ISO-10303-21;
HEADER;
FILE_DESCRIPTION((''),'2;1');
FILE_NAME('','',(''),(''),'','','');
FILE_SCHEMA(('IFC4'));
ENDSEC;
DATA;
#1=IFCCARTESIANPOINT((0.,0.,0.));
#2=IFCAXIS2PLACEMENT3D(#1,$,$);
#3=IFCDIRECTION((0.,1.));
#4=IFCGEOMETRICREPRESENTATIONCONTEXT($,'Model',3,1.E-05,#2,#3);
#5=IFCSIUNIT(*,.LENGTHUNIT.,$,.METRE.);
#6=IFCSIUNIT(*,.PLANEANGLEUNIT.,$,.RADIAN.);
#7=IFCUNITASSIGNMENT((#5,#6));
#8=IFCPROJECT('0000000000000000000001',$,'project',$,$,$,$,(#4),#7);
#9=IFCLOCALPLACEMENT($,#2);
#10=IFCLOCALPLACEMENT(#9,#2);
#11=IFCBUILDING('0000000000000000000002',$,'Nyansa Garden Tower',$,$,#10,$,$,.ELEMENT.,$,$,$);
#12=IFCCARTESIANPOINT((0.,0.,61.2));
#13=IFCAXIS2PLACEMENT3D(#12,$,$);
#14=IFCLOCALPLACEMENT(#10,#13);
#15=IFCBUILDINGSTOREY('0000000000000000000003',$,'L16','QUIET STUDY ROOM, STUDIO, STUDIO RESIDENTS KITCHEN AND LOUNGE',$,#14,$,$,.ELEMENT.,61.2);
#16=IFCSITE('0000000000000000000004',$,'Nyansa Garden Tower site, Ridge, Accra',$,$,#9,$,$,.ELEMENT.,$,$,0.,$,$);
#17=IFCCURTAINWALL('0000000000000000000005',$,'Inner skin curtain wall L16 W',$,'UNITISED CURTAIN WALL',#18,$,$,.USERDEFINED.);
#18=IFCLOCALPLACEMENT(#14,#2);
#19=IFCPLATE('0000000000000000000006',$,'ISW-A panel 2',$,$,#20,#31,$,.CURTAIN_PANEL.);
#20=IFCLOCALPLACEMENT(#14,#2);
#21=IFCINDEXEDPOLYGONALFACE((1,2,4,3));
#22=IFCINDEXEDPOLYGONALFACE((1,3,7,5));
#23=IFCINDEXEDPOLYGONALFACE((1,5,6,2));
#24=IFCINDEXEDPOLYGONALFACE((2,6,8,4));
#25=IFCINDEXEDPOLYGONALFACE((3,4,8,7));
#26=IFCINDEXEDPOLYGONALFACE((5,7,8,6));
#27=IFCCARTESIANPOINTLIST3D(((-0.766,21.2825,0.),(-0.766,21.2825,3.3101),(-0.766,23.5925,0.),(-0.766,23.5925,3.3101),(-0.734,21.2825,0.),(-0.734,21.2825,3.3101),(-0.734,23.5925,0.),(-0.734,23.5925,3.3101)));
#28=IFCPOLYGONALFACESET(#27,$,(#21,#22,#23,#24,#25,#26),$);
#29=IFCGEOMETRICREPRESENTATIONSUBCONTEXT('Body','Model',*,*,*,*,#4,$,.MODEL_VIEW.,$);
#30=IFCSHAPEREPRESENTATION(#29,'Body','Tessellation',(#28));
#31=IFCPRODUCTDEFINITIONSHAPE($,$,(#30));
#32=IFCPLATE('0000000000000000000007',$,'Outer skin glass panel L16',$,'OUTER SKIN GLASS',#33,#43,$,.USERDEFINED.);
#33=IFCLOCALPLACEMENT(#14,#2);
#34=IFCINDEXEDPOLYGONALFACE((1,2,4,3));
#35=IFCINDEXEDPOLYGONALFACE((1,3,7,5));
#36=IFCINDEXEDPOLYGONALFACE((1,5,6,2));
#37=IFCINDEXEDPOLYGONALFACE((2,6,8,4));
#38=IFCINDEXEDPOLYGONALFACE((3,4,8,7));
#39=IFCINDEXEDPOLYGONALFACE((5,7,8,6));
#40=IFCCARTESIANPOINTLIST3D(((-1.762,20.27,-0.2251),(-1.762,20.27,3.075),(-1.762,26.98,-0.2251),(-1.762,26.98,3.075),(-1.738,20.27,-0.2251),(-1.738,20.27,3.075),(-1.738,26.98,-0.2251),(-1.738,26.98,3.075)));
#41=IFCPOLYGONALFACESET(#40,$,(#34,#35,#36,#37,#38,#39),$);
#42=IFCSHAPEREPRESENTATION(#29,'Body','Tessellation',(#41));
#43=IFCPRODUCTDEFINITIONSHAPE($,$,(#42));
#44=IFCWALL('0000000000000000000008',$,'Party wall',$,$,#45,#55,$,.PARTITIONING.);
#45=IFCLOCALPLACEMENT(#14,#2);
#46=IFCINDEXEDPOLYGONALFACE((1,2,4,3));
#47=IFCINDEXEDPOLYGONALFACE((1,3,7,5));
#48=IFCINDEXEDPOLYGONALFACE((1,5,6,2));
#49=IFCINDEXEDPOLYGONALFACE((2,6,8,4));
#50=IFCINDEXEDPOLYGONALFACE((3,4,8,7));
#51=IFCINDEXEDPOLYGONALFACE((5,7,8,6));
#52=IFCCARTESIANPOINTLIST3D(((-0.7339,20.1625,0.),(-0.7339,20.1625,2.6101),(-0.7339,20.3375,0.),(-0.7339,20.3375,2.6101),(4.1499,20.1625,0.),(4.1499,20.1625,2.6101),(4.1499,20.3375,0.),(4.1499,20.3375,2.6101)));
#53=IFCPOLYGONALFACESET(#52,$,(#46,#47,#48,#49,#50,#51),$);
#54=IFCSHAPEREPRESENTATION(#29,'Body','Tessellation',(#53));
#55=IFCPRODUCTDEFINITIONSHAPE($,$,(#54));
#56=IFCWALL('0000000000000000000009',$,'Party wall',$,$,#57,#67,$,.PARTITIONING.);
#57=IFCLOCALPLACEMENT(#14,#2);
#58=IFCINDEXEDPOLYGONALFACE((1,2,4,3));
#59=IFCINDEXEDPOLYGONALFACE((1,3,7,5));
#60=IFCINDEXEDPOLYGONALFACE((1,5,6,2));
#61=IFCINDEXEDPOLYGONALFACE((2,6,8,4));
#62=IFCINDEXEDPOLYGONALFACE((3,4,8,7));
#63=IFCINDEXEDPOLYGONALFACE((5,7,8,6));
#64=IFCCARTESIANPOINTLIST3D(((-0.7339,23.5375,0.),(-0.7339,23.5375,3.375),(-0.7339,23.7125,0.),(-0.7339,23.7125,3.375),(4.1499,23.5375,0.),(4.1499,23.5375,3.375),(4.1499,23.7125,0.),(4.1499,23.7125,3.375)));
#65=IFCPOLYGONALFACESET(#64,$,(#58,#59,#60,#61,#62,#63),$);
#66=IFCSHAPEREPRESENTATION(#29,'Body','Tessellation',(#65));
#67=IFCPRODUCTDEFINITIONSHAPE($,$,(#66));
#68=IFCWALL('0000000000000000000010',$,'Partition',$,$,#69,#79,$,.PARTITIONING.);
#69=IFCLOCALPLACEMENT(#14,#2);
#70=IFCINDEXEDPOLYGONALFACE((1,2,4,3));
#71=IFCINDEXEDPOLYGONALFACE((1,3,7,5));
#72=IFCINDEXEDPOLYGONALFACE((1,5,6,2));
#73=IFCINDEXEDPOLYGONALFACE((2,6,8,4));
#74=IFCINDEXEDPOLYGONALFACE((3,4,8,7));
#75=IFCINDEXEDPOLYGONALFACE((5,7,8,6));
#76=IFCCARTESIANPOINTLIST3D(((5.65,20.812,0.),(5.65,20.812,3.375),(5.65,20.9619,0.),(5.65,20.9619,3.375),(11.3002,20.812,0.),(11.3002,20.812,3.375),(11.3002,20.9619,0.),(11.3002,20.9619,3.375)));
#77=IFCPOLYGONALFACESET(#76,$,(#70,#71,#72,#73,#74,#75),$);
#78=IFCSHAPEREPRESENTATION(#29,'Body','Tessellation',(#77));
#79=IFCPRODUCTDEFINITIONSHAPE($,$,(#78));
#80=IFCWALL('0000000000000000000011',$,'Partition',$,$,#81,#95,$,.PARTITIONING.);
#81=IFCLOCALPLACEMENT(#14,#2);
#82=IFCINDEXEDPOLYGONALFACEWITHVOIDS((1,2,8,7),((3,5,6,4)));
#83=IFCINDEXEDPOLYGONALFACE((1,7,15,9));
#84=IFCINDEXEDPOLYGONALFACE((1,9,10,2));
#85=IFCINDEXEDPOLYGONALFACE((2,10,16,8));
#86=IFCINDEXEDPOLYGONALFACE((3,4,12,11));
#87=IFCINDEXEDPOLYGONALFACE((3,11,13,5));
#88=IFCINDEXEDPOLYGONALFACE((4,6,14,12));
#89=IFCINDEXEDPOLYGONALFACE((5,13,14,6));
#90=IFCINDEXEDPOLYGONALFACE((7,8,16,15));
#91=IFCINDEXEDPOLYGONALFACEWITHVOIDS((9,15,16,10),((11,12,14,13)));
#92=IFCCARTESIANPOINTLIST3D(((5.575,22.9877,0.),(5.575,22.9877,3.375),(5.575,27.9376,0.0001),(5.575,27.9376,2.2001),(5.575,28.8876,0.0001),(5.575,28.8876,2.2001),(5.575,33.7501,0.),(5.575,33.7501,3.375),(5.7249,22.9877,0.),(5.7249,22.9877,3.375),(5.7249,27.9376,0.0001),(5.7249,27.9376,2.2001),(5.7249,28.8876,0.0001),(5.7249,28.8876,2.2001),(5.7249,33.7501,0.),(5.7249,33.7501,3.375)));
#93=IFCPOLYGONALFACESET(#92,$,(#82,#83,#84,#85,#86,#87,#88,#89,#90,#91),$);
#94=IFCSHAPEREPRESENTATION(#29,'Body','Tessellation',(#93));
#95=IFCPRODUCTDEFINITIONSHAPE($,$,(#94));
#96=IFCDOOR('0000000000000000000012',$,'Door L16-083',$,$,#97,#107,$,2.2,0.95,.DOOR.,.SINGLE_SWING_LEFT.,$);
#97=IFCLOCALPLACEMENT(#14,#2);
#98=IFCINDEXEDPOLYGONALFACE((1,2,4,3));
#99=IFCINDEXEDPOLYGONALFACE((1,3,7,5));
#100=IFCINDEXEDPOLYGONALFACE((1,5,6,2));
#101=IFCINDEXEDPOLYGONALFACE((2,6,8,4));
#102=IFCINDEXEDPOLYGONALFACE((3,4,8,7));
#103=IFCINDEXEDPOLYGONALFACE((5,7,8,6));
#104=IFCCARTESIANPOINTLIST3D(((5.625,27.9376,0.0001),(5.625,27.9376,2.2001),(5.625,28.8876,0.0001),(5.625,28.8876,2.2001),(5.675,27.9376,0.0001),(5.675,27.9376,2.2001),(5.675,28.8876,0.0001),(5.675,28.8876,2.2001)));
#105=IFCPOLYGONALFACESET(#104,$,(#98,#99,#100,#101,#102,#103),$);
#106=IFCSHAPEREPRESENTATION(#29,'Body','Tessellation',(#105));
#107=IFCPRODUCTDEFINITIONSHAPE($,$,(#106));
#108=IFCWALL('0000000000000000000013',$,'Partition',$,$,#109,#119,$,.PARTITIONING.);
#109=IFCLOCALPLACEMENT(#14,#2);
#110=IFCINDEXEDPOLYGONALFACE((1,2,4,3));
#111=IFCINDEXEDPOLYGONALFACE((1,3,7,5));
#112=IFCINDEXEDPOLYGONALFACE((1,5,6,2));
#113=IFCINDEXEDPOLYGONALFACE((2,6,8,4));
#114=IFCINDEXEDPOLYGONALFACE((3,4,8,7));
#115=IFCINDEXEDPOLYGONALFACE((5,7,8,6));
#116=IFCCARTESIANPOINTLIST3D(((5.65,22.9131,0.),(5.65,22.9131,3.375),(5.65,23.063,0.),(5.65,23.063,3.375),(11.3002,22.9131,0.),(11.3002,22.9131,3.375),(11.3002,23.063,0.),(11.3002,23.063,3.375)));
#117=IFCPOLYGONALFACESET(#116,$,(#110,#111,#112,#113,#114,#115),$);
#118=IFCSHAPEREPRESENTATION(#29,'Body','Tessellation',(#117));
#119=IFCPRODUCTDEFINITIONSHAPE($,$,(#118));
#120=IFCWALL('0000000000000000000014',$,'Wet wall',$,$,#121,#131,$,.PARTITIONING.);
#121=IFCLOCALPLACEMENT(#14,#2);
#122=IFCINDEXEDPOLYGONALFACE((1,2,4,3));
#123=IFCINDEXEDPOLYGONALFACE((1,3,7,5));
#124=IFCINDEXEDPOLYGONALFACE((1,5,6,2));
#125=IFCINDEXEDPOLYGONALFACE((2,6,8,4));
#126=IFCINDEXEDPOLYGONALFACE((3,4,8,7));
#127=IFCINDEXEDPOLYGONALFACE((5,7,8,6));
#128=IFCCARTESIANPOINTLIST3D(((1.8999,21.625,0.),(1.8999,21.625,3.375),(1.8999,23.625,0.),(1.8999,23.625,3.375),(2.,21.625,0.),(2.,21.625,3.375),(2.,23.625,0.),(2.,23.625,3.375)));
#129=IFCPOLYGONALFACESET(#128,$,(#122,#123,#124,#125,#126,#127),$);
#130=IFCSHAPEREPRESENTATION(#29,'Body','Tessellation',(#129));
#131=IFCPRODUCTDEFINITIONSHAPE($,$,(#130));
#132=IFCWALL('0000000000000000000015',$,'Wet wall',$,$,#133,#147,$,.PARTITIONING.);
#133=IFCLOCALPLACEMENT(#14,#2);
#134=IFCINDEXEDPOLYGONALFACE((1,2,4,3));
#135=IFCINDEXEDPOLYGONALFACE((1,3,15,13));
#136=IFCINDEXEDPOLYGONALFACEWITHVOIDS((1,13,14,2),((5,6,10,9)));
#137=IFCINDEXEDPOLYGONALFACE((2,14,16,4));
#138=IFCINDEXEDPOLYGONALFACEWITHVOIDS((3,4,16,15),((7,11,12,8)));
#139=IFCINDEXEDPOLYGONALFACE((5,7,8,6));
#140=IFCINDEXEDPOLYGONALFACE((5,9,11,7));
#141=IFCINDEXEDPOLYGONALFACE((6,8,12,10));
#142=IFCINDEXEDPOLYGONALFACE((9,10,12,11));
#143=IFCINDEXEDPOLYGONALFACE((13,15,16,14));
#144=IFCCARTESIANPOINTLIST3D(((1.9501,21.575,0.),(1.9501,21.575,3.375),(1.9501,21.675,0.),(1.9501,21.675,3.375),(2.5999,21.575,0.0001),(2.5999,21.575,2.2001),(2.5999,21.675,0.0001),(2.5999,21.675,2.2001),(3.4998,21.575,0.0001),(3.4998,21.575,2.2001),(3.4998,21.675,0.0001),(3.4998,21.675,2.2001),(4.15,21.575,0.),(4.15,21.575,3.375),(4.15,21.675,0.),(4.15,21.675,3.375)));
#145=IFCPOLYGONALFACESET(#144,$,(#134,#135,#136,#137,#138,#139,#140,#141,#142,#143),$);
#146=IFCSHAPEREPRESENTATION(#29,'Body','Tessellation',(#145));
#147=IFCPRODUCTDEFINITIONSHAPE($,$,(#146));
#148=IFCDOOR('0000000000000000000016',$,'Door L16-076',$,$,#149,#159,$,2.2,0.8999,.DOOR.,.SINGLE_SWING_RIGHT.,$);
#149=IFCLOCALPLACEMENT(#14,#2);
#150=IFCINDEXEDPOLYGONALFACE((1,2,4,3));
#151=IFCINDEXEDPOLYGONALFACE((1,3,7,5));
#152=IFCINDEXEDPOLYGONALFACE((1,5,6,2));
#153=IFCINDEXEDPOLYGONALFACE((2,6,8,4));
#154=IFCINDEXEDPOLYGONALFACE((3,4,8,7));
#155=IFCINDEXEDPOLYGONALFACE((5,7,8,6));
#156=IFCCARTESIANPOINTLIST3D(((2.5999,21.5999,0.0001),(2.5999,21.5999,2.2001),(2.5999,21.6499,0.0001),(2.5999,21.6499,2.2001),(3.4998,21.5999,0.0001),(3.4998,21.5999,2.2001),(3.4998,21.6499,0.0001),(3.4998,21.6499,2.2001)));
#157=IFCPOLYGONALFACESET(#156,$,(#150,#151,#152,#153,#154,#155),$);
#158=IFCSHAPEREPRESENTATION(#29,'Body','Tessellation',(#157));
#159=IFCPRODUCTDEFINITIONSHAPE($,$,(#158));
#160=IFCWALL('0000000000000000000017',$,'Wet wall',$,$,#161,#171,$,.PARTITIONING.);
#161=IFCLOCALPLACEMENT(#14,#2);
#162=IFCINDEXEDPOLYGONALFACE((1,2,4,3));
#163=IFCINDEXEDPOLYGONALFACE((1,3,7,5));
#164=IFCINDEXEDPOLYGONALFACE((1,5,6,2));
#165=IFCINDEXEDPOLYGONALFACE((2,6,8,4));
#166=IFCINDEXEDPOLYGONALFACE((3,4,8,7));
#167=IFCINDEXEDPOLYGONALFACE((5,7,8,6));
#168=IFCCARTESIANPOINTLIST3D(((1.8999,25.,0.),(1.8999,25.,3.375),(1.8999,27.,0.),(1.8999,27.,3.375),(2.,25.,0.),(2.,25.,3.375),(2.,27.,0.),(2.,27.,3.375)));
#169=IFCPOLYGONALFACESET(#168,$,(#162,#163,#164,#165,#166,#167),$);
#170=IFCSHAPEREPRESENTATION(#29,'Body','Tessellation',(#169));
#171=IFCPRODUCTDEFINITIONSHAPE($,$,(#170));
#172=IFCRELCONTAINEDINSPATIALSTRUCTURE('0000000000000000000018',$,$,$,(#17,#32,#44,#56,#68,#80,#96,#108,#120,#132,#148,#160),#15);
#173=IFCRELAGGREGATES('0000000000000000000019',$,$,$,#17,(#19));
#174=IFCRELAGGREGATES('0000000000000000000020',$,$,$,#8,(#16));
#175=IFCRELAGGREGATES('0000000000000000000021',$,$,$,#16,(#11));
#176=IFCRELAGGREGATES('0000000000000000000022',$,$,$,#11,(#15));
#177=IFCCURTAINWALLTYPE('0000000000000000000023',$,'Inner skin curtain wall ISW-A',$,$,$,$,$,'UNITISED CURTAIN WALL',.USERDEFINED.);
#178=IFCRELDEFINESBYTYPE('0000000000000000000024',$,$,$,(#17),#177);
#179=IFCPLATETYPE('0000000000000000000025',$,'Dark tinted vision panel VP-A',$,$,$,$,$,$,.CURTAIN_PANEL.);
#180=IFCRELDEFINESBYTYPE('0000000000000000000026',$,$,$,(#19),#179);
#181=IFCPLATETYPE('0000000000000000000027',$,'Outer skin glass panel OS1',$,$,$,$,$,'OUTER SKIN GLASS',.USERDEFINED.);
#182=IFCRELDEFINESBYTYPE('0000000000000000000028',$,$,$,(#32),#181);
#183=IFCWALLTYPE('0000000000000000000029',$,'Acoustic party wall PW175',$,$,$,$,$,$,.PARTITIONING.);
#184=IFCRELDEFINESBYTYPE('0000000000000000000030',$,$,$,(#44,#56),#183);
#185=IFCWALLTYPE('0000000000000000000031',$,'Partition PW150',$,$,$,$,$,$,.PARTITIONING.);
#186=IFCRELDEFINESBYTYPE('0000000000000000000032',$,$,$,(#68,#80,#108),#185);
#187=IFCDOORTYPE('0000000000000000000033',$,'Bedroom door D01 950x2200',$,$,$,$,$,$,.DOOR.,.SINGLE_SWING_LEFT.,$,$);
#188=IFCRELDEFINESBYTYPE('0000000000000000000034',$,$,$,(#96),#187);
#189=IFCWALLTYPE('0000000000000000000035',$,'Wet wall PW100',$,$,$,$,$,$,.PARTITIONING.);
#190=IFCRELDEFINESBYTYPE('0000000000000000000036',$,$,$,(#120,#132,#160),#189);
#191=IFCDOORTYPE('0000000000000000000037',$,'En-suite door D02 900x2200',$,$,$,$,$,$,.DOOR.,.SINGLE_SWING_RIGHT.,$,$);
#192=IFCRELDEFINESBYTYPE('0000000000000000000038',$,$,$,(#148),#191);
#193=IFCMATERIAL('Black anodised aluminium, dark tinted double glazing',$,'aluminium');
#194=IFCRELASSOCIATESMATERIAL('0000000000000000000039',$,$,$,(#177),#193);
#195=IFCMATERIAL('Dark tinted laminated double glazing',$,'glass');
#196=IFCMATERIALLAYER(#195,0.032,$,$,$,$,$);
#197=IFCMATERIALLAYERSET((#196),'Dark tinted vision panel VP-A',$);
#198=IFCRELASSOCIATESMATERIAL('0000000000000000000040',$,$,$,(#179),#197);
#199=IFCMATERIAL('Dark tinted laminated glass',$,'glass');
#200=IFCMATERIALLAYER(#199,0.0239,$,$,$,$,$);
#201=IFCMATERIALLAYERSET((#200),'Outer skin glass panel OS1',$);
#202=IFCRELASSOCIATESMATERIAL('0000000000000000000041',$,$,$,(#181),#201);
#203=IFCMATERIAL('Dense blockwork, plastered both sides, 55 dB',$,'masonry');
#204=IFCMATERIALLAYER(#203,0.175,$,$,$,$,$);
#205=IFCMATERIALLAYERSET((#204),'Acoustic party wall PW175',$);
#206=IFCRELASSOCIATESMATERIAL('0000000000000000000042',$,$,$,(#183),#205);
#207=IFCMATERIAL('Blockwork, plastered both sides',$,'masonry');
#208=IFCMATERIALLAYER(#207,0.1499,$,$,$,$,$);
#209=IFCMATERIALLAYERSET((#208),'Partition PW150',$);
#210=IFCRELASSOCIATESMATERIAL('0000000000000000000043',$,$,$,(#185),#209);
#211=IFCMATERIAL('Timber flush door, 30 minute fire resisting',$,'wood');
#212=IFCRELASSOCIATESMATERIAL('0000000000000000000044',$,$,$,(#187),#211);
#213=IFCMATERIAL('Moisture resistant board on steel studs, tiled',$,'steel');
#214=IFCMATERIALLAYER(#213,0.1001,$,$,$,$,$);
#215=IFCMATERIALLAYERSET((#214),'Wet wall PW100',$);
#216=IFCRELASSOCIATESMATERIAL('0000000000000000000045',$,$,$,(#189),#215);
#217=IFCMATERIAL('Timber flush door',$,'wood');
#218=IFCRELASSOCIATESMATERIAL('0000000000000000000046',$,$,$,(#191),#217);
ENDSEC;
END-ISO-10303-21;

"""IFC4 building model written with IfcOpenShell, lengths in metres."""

from ifc_helpers import new_model, si_unit, direction, frame, frame_2d, origin, origin_2d, place, context, subcontext, project, spatial, rectangle, extrude, material, layer, layer_set, type_object, element, fill, aggregate, save


model = new_model("IFC4")

# Units and contexts
model_context = context("Model", 3, precision=1e-05, world=origin(), true_north=direction((0.0, 1.0)))
body_context = subcontext(model_context, "Body", "Model", "MODEL_VIEW")
ifc_project = project(units=[si_unit("LENGTHUNIT", "METRE"), si_unit("PLANEANGLEUNIT", "RADIAN")], contexts=[model_context])

# Site, building, storey
site_placement = place(None, origin())
site = spatial("IfcSite", under=ifc_project, at=site_placement, Name="Nyansa Garden Tower site, Ridge, Accra", CompositionType="ELEMENT", RefElevation=0.0)
building_placement = place(site_placement, origin())
building = spatial("IfcBuilding", under=site, at=building_placement, Name="Nyansa Garden Tower", CompositionType="ELEMENT")
storey_placement = place(building_placement, frame((0.0, 0.0, 61.2)))
storey = spatial("IfcBuildingStorey", under=building, at=storey_placement, Name="L16", Description="QUIET STUDY ROOM, STUDIO, STUDIO RESIDENTS KITCHEN AND LOUNGE", CompositionType="ELEMENT", Elevation=61.2)

# Curtain wall
ifc_material_1 = material(Name="Black anodised aluminium, dark tinted double glazing", Category="aluminium")
curtain_wall_type = type_object("IfcCurtainWallType", Name="Inner skin curtain wall ISW-A", ElementType="UNITISED CURTAIN WALL", PredefinedType="USERDEFINED", material=ifc_material_1)
curtain_wall_placement = place(storey_placement, origin())
curtain_wall = element("IfcCurtainWall", 1, at=curtain_wall_placement, inside=storey, type_object=curtain_wall_type, Name="Inner skin curtain wall L16 W", ObjectType="UNITISED CURTAIN WALL", PredefinedType="USERDEFINED")

# Plates
ifc_material_2 = material(Name="Dark tinted laminated double glazing", Category="glass")
ifc_layer_1 = layer(ifc_material_2, 0.032)
ifc_layer_set_1 = layer_set([ifc_layer_1], Name="Dark tinted vision panel VP-A")
plate_type_1 = type_object("IfcPlateType", Name="Dark tinted vision panel VP-A", PredefinedType="CURTAIN_PANEL", material=ifc_layer_set_1)
plate_1_placement = place(storey_placement, frame((-0.75, 22.4375, 0.0), z_axis=(0.0, 0.0, 1.0), x_axis=(0.0, -1.0, 0.0)))
plate_1 = element("IfcPlate", 2, at=plate_1_placement, type_object=plate_type_1, Name="ISW-A panel 2", PredefinedType="CURTAIN_PANEL", context=body_context, shape_type="SweptSolid", body=[
    extrude(rectangle(XDim=2.3101, YDim=0.032, at=origin_2d()), origin(), (0.0, 0.0, 1.0), 3.3101),
])
aggregate(curtain_wall, [plate_1])
ifc_material_3 = material(Name="Dark tinted laminated glass", Category="glass")
ifc_layer_2 = layer(ifc_material_3, 0.0239)
ifc_layer_set_2 = layer_set([ifc_layer_2], Name="Outer skin glass panel OS1")
plate_type_2 = type_object("IfcPlateType", Name="Outer skin glass panel OS1", ElementType="OUTER SKIN GLASS", PredefinedType="USERDEFINED", material=ifc_layer_set_2)
plate_2_placement = place(storey_placement, frame((-1.75, 23.625, -0.2251), z_axis=(0.0, 0.0, 1.0), x_axis=(0.0, 1.0, 0.0)))
element("IfcPlate", 3, at=plate_2_placement, inside=storey, type_object=plate_type_2, Name="Outer skin glass panel L16", ObjectType="OUTER SKIN GLASS", PredefinedType="USERDEFINED", context=body_context, shape_type="SweptSolid", body=[
    extrude(rectangle(XDim=6.71, YDim=0.0239, at=origin_2d()), origin(), (0.0, 0.0, 1.0), 3.3),
])

# Walls
ifc_material_4 = material(Name="Dense blockwork, plastered both sides, 55 dB", Category="masonry")
ifc_layer_3 = layer(ifc_material_4, 0.175)
ifc_layer_set_3 = layer_set([ifc_layer_3], Name="Acoustic party wall PW175")
wall_type_1 = type_object("IfcWallType", Name="Acoustic party wall PW175", PredefinedType="PARTITIONING", material=ifc_layer_set_3)
wall_1_placement = place(storey_placement, frame((-0.7339, 20.25, 0.0), z_axis=(0.0, 0.0, 1.0), x_axis=(1.0, 0.0, 0.0)))
element("IfcWall", 4, at=wall_1_placement, inside=storey, type_object=wall_type_1, Name="Party wall", PredefinedType="PARTITIONING", context=body_context, shape_type="SweptSolid", body=[
    extrude(rectangle(XDim=4.8838, YDim=0.175, at=frame_2d((2.4419, 0.0))), origin(), (0.0, 0.0, 1.0), 2.6101),
])
wall_2_placement = place(storey_placement, frame((-0.7339, 23.625, 0.0), z_axis=(0.0, 0.0, 1.0), x_axis=(1.0, 0.0, 0.0)))
element("IfcWall", 5, at=wall_2_placement, inside=storey, type_object=wall_type_1, Name="Party wall", PredefinedType="PARTITIONING", context=body_context, shape_type="SweptSolid", body=[
    extrude(rectangle(XDim=4.8838, YDim=0.175, at=frame_2d((2.4419, 0.0))), origin(), (0.0, 0.0, 1.0), 3.375),
])
ifc_material_5 = material(Name="Blockwork, plastered both sides", Category="masonry")
ifc_layer_4 = layer(ifc_material_5, 0.1499)
ifc_layer_set_4 = layer_set([ifc_layer_4], Name="Partition PW150")
wall_type_2 = type_object("IfcWallType", Name="Partition PW150", PredefinedType="PARTITIONING", material=ifc_layer_set_4)
wall_3_placement = place(storey_placement, frame((5.6499, 20.887, 0.0), z_axis=(0.0, 0.0, 1.0), x_axis=(1.0, 0.0, 0.0)))
element("IfcWall", 6, at=wall_3_placement, inside=storey, type_object=wall_type_2, Name="Partition", PredefinedType="PARTITIONING", context=body_context, shape_type="SweptSolid", body=[
    extrude(rectangle(XDim=5.6501, YDim=0.1499, at=frame_2d((2.8252, 0.0))), origin(), (0.0, 0.0, 1.0), 3.375),
])

# Wall, opening, door
wall_4_placement = place(storey_placement, frame((5.6499, 22.9875, 0.0), z_axis=(0.0, 0.0, 1.0), x_axis=(0.0, 1.0, 0.0)))
wall_4 = element("IfcWall", 7, at=wall_4_placement, inside=storey, type_object=wall_type_2, Name="Partition", PredefinedType="PARTITIONING", context=body_context, shape_type="SweptSolid", body=[
    extrude(rectangle(XDim=10.7625, YDim=0.1499, at=frame_2d((5.3813, 0.0))), origin(), (0.0, 0.0, 1.0), 3.375),
])
opening_1_placement = place(wall_4_placement, frame((4.95, 0.0, 0.0)))
opening_1 = element("IfcOpeningElement", 8, at=opening_1_placement, cuts=wall_4, PredefinedType="OPENING", context=body_context, shape_type="SweptSolid", body=[
    extrude(rectangle(XDim=0.95, YDim=2.2, at=frame_2d((0.4751, 1.1001))), frame((0.0, 0.085, 0.0), z_axis=(0.0, -1.0, 0.0), x_axis=(1.0, 0.0, 0.0)), (0.0, 0.0, 1.0), 0.1699),
])
ifc_material_6 = material(Name="Timber flush door, 30 minute fire resisting", Category="wood")
door_type_1 = type_object("IfcDoorType", Name="Bedroom door D01 950x2200", OperationType="SINGLE_SWING_LEFT", PredefinedType="DOOR", material=ifc_material_6)
door_1_placement = place(opening_1_placement, origin())
door_1 = element("IfcDoor", 9, at=door_1_placement, inside=storey, type_object=door_type_1, Name="Door L16-083", OperationType="SINGLE_SWING_LEFT", OverallHeight=2.2, OverallWidth=0.95, PredefinedType="DOOR", context=body_context, shape_type="SweptSolid", body=[
    extrude(rectangle(XDim=0.95, YDim=2.2, at=frame_2d((0.4751, 1.1001))), frame((0.0, 0.0249, 0.0), z_axis=(0.0, -1.0, 0.0), x_axis=(1.0, 0.0, 0.0)), (0.0, 0.0, 1.0), 0.05),
])
fill(opening_1, door_1)

# Walls
wall_5_placement = place(storey_placement, frame((5.6499, 22.988, 0.0), z_axis=(0.0, 0.0, 1.0), x_axis=(1.0, 0.0, 0.0)))
element("IfcWall", 10, at=wall_5_placement, inside=storey, type_object=wall_type_2, Name="Partition", PredefinedType="PARTITIONING", context=body_context, shape_type="SweptSolid", body=[
    extrude(rectangle(XDim=5.6501, YDim=0.1499, at=frame_2d((2.8252, 0.0))), origin(), (0.0, 0.0, 1.0), 3.375),
])
ifc_material_7 = material(Name="Moisture resistant board on steel studs, tiled", Category="steel")
ifc_layer_5 = layer(ifc_material_7, 0.1001)
ifc_layer_set_5 = layer_set([ifc_layer_5], Name="Wet wall PW100")
wall_type_3 = type_object("IfcWallType", Name="Wet wall PW100", PredefinedType="PARTITIONING", material=ifc_layer_set_5)
wall_6_placement = place(storey_placement, frame((1.95, 21.625, 0.0), z_axis=(0.0, 0.0, 1.0), x_axis=(0.0, 1.0, 0.0)))
element("IfcWall", 11, at=wall_6_placement, inside=storey, type_object=wall_type_3, Name="Wet wall", PredefinedType="PARTITIONING", context=body_context, shape_type="SweptSolid", body=[
    extrude(rectangle(XDim=2.0, YDim=0.1001, at=frame_2d((1.0, 0.0))), origin(), (0.0, 0.0, 1.0), 3.375),
])

# Wall, opening, door
wall_7_placement = place(storey_placement, frame((1.95, 21.625, 0.0), z_axis=(0.0, 0.0, 1.0), x_axis=(1.0, 0.0, 0.0)))
wall_7 = element("IfcWall", 12, at=wall_7_placement, inside=storey, type_object=wall_type_3, Name="Wet wall", PredefinedType="PARTITIONING", context=body_context, shape_type="SweptSolid", body=[
    extrude(rectangle(XDim=2.2, YDim=0.1001, at=frame_2d((1.1001, 0.0))), origin(), (0.0, 0.0, 1.0), 3.375),
])
opening_2_placement = place(wall_7_placement, frame((0.6499, 0.0, 0.0)))
opening_2 = element("IfcOpeningElement", 13, at=opening_2_placement, cuts=wall_7, PredefinedType="OPENING", context=body_context, shape_type="SweptSolid", body=[
    extrude(rectangle(XDim=0.8999, YDim=2.2, at=frame_2d((0.45, 1.1001))), frame((0.0, 0.0601, 0.0), z_axis=(0.0, -1.0, 0.0), x_axis=(1.0, 0.0, 0.0)), (0.0, 0.0, 1.0), 0.1201),
])
ifc_material_8 = material(Name="Timber flush door", Category="wood")
door_type_2 = type_object("IfcDoorType", Name="En-suite door D02 900x2200", OperationType="SINGLE_SWING_RIGHT", PredefinedType="DOOR", material=ifc_material_8)
door_2_placement = place(opening_2_placement, origin())
door_2 = element("IfcDoor", 14, at=door_2_placement, inside=storey, type_object=door_type_2, Name="Door L16-076", OperationType="SINGLE_SWING_RIGHT", OverallHeight=2.2, OverallWidth=0.8999, PredefinedType="DOOR", context=body_context, shape_type="SweptSolid", body=[
    extrude(rectangle(XDim=0.8999, YDim=2.2, at=frame_2d((0.45, 1.1001))), frame((0.0, 0.0249, 0.0), z_axis=(0.0, -1.0, 0.0), x_axis=(1.0, 0.0, 0.0)), (0.0, 0.0, 1.0), 0.05),
])
fill(opening_2, door_2)

# Wall
wall_8_placement = place(storey_placement, frame((1.95, 25.0, 0.0), z_axis=(0.0, 0.0, 1.0), x_axis=(0.0, 1.0, 0.0)))
element("IfcWall", 15, at=wall_8_placement, inside=storey, type_object=wall_type_3, Name="Wet wall", PredefinedType="PARTITIONING", context=body_context, shape_type="SweptSolid", body=[
    extrude(rectangle(XDim=2.0, YDim=0.1001, at=frame_2d((1.0, 0.0))), origin(), (0.0, 0.0, 1.0), 3.375),
])

save(model, "model.ifc")
